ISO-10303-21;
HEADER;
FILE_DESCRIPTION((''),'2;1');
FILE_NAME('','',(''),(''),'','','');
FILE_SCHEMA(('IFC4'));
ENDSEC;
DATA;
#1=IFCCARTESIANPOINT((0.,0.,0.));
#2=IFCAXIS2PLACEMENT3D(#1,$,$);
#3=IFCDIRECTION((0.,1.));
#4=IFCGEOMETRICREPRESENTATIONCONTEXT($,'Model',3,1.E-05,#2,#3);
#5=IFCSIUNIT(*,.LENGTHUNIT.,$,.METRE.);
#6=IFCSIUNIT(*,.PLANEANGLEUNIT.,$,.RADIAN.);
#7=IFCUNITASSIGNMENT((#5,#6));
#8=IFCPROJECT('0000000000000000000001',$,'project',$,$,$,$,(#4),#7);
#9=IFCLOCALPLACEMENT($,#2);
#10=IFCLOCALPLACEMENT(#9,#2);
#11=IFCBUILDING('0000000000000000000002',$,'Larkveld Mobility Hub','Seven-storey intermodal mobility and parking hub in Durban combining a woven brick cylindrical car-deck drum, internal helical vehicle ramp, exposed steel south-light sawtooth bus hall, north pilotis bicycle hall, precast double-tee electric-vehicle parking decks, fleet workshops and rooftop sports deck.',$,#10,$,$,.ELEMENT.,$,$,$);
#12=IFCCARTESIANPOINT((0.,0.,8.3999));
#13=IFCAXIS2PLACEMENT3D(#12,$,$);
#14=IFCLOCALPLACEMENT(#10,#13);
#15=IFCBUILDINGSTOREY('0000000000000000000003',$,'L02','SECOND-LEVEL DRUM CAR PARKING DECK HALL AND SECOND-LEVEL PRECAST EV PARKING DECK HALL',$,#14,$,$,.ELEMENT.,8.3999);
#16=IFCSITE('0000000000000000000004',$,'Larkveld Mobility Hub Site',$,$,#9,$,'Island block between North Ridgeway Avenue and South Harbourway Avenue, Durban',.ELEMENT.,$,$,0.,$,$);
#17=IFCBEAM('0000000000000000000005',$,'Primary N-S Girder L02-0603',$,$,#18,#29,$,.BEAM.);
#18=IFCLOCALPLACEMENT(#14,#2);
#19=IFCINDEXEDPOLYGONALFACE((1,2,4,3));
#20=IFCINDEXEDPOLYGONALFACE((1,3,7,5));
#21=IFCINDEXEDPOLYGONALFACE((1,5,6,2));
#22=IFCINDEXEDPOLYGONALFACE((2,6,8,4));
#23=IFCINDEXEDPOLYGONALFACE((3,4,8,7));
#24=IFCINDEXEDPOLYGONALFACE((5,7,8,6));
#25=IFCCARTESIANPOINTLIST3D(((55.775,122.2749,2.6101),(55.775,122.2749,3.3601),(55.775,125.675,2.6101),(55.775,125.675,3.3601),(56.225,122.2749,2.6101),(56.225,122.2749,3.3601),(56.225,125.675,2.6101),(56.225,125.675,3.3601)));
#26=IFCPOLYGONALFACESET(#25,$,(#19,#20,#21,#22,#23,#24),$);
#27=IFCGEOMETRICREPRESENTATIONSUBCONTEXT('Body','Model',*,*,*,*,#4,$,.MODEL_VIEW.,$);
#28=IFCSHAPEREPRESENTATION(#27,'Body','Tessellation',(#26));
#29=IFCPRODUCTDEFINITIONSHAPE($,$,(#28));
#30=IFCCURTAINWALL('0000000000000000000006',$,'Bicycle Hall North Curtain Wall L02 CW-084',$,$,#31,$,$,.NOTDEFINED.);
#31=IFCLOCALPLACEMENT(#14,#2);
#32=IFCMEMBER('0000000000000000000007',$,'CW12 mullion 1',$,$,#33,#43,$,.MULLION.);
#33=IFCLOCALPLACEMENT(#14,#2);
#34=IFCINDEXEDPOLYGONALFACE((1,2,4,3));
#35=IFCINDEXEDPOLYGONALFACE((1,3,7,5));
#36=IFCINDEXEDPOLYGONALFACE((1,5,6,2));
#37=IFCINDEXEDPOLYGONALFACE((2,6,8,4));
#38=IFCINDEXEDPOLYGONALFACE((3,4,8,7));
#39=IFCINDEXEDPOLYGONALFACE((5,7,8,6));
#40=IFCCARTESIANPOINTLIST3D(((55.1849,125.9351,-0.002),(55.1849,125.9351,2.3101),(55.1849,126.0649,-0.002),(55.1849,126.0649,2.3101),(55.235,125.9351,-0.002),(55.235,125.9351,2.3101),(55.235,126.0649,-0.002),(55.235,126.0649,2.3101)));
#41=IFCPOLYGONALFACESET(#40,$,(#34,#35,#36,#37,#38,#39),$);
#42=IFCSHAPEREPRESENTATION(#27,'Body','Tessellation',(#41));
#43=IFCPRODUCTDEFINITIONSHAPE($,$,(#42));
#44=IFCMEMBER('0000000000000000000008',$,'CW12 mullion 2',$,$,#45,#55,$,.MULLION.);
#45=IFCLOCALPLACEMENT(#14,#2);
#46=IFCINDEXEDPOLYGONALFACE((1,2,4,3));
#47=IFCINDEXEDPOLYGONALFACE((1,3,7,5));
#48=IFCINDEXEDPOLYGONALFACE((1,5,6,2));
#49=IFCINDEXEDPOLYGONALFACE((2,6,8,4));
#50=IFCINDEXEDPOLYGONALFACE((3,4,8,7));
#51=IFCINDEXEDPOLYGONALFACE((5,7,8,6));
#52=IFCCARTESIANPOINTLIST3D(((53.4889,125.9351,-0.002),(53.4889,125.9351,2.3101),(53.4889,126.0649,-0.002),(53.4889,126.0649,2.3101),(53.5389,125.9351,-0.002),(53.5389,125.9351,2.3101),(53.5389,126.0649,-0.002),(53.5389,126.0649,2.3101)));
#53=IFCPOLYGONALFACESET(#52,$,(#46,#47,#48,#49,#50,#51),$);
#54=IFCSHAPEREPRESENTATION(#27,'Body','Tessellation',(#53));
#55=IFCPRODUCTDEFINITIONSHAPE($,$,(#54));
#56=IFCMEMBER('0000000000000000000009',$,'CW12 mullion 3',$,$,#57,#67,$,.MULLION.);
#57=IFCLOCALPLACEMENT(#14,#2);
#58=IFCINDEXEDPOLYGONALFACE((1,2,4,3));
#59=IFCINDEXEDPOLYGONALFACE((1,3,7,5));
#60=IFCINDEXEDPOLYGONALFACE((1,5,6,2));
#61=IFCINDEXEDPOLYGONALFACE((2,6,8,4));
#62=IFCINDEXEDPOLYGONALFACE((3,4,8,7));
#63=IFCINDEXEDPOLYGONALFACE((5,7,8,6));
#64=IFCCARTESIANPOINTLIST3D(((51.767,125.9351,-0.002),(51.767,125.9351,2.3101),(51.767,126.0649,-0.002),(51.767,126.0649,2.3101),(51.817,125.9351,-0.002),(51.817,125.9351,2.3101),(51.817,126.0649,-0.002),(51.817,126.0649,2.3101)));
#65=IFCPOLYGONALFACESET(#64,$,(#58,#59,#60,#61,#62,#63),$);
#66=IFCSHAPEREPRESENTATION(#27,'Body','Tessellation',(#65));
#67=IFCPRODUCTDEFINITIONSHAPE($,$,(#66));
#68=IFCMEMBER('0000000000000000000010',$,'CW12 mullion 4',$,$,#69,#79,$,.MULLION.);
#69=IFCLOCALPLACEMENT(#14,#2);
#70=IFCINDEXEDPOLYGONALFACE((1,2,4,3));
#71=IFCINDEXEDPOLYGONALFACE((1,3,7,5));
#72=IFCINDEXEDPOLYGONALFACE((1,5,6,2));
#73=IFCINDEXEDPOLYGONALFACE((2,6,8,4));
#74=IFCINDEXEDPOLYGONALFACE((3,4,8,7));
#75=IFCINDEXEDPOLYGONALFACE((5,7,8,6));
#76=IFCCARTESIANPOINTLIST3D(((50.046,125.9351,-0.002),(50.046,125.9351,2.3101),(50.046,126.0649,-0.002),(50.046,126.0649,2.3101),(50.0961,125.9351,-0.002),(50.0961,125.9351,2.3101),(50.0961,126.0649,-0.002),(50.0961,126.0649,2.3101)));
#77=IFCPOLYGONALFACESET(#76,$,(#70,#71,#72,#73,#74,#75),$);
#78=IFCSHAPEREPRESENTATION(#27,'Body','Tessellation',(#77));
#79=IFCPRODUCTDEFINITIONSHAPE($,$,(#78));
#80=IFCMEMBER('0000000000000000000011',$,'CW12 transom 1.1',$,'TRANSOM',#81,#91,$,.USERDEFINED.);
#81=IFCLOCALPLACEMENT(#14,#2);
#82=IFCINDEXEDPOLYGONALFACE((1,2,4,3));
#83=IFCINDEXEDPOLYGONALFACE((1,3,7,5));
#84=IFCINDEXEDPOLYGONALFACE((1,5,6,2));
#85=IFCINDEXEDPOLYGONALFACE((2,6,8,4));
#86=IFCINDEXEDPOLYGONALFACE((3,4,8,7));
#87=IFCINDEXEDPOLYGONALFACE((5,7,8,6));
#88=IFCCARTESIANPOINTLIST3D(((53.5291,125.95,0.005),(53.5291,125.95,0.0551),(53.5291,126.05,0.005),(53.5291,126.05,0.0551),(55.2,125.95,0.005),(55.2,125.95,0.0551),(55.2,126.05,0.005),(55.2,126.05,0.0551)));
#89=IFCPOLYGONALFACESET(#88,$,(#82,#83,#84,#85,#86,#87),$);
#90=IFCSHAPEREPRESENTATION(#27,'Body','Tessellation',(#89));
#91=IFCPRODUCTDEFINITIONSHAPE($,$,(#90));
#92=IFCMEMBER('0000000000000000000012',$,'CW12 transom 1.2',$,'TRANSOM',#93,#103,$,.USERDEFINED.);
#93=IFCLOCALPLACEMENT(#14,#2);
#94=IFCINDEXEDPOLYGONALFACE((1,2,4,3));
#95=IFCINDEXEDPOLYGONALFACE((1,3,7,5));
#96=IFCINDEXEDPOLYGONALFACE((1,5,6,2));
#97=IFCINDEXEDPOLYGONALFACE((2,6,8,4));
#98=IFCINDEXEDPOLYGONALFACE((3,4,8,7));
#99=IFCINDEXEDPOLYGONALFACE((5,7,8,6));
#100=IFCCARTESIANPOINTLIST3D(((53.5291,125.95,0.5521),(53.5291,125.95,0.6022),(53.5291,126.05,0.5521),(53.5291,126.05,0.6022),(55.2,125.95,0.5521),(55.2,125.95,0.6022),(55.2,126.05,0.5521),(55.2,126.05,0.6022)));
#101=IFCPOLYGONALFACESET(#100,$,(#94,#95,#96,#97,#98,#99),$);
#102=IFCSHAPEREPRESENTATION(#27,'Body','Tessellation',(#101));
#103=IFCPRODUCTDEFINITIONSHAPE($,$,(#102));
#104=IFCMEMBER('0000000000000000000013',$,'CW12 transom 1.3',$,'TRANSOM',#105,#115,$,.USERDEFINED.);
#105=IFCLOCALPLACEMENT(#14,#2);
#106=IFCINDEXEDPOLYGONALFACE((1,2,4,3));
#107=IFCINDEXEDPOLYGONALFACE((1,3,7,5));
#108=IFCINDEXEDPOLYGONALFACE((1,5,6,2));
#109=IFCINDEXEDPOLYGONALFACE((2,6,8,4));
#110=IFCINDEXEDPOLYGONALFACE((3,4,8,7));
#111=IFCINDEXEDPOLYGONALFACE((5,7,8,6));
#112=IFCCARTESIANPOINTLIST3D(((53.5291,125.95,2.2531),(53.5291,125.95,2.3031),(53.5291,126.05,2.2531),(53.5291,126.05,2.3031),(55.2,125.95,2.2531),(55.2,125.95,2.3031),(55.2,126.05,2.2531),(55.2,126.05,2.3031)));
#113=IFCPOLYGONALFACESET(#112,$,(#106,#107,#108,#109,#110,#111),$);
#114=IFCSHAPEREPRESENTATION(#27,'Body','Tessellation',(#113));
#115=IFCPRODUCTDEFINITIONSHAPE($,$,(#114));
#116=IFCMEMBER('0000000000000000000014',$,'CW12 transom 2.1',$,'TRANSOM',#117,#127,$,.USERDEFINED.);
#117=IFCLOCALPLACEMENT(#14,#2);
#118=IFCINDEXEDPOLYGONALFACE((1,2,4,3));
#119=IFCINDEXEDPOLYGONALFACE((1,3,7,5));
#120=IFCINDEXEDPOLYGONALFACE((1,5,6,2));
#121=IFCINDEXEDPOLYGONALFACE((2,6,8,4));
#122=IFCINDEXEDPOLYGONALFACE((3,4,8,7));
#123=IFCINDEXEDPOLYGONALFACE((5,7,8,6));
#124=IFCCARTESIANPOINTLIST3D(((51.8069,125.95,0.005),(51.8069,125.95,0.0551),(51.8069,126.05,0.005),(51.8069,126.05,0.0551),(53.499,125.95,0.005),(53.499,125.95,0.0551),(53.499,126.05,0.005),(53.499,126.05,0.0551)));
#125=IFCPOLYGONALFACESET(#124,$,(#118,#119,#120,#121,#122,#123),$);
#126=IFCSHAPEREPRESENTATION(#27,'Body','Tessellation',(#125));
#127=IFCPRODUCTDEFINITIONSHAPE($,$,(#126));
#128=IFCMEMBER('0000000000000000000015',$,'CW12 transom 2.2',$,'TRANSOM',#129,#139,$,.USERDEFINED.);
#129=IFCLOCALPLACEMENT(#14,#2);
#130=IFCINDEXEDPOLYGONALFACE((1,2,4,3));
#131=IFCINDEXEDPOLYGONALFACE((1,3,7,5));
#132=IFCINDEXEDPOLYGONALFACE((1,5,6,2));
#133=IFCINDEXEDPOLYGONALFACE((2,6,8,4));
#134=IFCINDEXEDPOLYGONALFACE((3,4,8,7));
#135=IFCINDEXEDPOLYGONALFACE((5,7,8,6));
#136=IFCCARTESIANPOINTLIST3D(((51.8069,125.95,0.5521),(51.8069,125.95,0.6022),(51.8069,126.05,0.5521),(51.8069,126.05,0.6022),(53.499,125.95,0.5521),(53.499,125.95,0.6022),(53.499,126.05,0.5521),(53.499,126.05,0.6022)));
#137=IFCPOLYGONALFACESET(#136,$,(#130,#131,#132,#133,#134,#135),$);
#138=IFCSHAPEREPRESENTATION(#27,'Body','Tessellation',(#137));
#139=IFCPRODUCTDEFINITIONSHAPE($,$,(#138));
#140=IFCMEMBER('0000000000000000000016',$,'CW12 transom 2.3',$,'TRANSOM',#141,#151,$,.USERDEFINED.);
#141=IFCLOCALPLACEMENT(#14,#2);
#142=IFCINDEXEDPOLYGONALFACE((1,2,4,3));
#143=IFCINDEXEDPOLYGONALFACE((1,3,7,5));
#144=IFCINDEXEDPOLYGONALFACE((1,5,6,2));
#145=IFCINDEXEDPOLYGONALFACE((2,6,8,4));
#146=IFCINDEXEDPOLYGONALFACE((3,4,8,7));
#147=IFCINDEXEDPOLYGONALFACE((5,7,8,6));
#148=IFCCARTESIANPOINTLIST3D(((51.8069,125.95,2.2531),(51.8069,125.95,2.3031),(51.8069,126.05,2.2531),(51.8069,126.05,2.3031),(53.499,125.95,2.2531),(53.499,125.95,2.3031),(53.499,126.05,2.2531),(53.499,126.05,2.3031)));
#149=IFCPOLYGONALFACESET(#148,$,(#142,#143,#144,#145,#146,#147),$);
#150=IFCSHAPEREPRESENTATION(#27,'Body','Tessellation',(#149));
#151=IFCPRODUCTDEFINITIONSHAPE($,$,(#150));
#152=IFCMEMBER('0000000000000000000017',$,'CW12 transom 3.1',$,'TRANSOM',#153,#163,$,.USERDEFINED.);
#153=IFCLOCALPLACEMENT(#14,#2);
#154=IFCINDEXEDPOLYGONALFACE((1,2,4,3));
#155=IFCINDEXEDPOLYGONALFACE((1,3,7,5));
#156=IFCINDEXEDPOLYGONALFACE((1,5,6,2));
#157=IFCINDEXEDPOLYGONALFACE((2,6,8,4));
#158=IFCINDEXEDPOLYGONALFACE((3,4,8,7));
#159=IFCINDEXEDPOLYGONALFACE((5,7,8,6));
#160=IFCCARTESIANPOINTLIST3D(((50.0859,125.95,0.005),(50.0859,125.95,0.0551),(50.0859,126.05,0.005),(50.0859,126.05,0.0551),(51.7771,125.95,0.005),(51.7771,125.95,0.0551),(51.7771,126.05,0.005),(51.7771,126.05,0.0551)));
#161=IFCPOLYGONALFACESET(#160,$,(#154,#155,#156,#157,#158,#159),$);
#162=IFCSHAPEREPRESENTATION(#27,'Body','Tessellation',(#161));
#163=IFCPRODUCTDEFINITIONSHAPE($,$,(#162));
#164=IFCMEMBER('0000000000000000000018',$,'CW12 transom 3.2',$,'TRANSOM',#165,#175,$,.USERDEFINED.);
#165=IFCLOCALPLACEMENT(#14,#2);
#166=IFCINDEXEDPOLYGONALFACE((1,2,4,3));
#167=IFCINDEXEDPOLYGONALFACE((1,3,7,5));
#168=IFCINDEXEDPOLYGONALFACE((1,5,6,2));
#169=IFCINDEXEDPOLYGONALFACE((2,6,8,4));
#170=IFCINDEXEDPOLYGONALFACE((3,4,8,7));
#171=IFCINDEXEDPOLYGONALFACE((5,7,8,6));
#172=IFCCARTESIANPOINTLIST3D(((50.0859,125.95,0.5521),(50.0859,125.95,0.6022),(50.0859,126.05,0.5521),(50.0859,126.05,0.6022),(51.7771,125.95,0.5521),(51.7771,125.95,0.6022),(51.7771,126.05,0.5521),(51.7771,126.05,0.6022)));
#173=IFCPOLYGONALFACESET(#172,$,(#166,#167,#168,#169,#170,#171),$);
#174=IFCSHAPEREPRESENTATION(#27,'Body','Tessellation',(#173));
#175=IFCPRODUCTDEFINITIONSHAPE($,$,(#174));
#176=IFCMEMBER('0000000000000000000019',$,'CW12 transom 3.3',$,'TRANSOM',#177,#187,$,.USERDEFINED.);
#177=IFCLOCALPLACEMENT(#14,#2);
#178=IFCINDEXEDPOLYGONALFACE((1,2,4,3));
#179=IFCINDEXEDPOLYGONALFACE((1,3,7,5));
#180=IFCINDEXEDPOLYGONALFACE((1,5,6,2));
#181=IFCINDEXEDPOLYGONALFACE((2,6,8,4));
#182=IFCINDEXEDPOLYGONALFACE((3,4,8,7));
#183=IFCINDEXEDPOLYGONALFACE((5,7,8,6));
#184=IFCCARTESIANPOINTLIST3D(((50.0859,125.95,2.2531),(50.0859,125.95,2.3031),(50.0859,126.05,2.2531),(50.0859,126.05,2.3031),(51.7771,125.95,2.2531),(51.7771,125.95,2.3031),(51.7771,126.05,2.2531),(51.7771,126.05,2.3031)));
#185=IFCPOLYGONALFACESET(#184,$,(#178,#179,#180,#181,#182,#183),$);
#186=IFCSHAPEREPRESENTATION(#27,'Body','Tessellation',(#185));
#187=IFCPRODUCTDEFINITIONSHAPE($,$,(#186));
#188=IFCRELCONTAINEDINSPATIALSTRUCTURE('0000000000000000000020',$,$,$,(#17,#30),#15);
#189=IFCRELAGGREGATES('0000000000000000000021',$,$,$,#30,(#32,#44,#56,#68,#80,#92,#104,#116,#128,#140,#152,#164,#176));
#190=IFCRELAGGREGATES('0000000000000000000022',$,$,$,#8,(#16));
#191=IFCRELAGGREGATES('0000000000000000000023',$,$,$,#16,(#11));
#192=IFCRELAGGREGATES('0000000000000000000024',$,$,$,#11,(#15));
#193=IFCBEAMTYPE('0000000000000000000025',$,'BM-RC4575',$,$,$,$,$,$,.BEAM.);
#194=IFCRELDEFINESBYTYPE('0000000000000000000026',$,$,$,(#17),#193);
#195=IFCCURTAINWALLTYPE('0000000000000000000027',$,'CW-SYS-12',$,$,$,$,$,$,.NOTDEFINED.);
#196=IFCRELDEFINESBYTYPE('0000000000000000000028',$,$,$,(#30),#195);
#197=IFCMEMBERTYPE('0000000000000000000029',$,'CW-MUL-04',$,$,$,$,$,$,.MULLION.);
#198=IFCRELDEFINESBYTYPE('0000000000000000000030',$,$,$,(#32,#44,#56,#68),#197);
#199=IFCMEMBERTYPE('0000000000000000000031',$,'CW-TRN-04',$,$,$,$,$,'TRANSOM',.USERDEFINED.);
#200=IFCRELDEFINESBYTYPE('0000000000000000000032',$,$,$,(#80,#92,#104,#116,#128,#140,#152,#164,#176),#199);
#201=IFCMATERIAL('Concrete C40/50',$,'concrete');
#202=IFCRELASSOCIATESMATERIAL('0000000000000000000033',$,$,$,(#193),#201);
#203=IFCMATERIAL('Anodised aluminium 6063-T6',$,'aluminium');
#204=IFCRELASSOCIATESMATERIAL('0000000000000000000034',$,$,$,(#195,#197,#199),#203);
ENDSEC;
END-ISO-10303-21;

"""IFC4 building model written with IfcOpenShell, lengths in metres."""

from ifc_helpers import new_model, si_unit, direction, frame, origin, origin_2d, place, context, subcontext, project, spatial, rectangle, extrude, material, material_profile, profile_set, type_object, element, aggregate, save


model = new_model("IFC4")

# Units and contexts
model_context = context("Model", 3, precision=1e-05, world=origin(), true_north=direction((0.0, 1.0)))
body_context = subcontext(model_context, "Body", "Model", "MODEL_VIEW")
ifc_project = project(units=[si_unit("LENGTHUNIT", "METRE"), si_unit("PLANEANGLEUNIT", "RADIAN")], contexts=[model_context])

# Site, building, storey
site_placement = place(None, origin())
site = spatial("IfcSite", under=ifc_project, at=site_placement, Name="Larkveld Mobility Hub Site", LongName="Island block between North Ridgeway Avenue and South Harbourway Avenue, Durban", CompositionType="ELEMENT", RefElevation=0.0)
building_placement = place(site_placement, origin())
building = spatial("IfcBuilding", under=site, at=building_placement, Name="Larkveld Mobility Hub", Description="Seven-storey intermodal mobility and parking hub in Durban combining a woven brick cylindrical car-deck drum, internal helical vehicle ramp, exposed steel south-light sawtooth bus hall, north pilotis bicycle hall, precast double-tee electric-vehicle parking decks, fleet workshops and rooftop sports deck.", CompositionType="ELEMENT")
storey_placement = place(building_placement, frame((0.0, 0.0, 8.3999)))
storey = spatial("IfcBuildingStorey", under=building, at=storey_placement, Name="L02", Description="SECOND-LEVEL DRUM CAR PARKING DECK HALL AND SECOND-LEVEL PRECAST EV PARKING DECK HALL", CompositionType="ELEMENT", Elevation=8.3999)

# Beam
ifc_material_1 = material(Name="Concrete C40/50", Category="concrete")
ifc_material_profile_1 = material_profile(ifc_material_1, rectangle(XDim=0.45, YDim=0.75, at=origin_2d()), Name="RC BM 450x750")
ifc_profile_set_1 = profile_set([ifc_material_profile_1], Name="Concrete C40/50")
beam_type = type_object("IfcBeamType", Name="BM-RC4575", PredefinedType="BEAM", material=ifc_profile_set_1)
beam_placement = place(storey_placement, frame((56.0, 122.2749, 2.9851), z_axis=(0.0, 1.0, 0.0), x_axis=(-1.0, 0.0, 0.0)))
element("IfcBeam", 1, at=beam_placement, inside=storey, type_object=beam_type, Name="Primary N-S Girder L02-0603", PredefinedType="BEAM", context=body_context, shape_type="SweptSolid", body=[
    extrude(rectangle(XDim=0.45, YDim=0.75, at=origin_2d()), origin(), (0.0, 0.0, 1.0), 3.4001),
])

# Curtain wall, members
ifc_material_2 = material(Name="Anodised aluminium 6063-T6", Category="aluminium")
curtain_wall_type = type_object("IfcCurtainWallType", Name="CW-SYS-12", PredefinedType="NOTDEFINED", material=ifc_material_2)
curtain_wall_placement = place(storey_placement, origin())
curtain_wall = element("IfcCurtainWall", 2, at=curtain_wall_placement, inside=storey, type_object=curtain_wall_type, Name="Bicycle Hall North Curtain Wall L02 CW-084", PredefinedType="NOTDEFINED")
ifc_material_profile_2 = material_profile(ifc_material_2, rectangle(XDim=0.05, YDim=0.1299, at=origin_2d()), Name="ALU MULL 50x130")
ifc_profile_set_2 = profile_set([ifc_material_profile_2], Name="Anodised aluminium 6063-T6")
member_type_1 = type_object("IfcMemberType", Name="CW-MUL-04", PredefinedType="MULLION", material=ifc_profile_set_2)
member_1_placement = place(storey_placement, frame((55.21, 126.0, -0.002), z_axis=(0.0, 0.0, 1.0), x_axis=(-1.0, 0.0, 0.0)))
member_1 = element("IfcMember", 3, at=member_1_placement, type_object=member_type_1, Name="CW12 mullion 1", PredefinedType="MULLION", context=body_context, shape_type="SweptSolid", body=[
    extrude(rectangle(XDim=0.05, YDim=0.1299, at=origin_2d()), origin(), (0.0, 0.0, 1.0), 2.312),
])
member_2_placement = place(storey_placement, frame((53.5139, 126.0, -0.002), z_axis=(0.0, 0.0, 1.0), x_axis=(-1.0, 0.0, 0.0)))
member_2 = element("IfcMember", 4, at=member_2_placement, type_object=member_type_1, Name="CW12 mullion 2", PredefinedType="MULLION", context=body_context, shape_type="SweptSolid", body=[
    extrude(rectangle(XDim=0.05, YDim=0.1299, at=origin_2d()), origin(), (0.0, 0.0, 1.0), 2.312),
])
member_3_placement = place(storey_placement, frame((51.792, 126.0, -0.002), z_axis=(0.0, 0.0, 1.0), x_axis=(-1.0, 0.0, 0.0)))
member_3 = element("IfcMember", 5, at=member_3_placement, type_object=member_type_1, Name="CW12 mullion 3", PredefinedType="MULLION", context=body_context, shape_type="SweptSolid", body=[
    extrude(rectangle(XDim=0.05, YDim=0.1299, at=origin_2d()), origin(), (0.0, 0.0, 1.0), 2.312),
])
member_4_placement = place(storey_placement, frame((50.071, 126.0, -0.002), z_axis=(0.0, 0.0, 1.0), x_axis=(-1.0, 0.0, 0.0)))
member_4 = element("IfcMember", 6, at=member_4_placement, type_object=member_type_1, Name="CW12 mullion 4", PredefinedType="MULLION", context=body_context, shape_type="SweptSolid", body=[
    extrude(rectangle(XDim=0.05, YDim=0.1299, at=origin_2d()), origin(), (0.0, 0.0, 1.0), 2.312),
])
ifc_material_profile_3 = material_profile(ifc_material_2, rectangle(XDim=0.1001, YDim=0.05, at=origin_2d()), Name="ALU TRAN 50x100")
ifc_profile_set_3 = profile_set([ifc_material_profile_3], Name="Anodised aluminium 6063-T6")
member_type_2 = type_object("IfcMemberType", Name="CW-TRN-04", ElementType="TRANSOM", PredefinedType="USERDEFINED", material=ifc_profile_set_3)
member_5_placement = place(storey_placement, frame((55.2, 126.0, 0.03), z_axis=(-1.0, 0.0, 0.0), x_axis=(0.0, -1.0, 0.0)))
member_5 = element("IfcMember", 7, at=member_5_placement, type_object=member_type_2, Name="CW12 transom 1.1", ObjectType="TRANSOM", PredefinedType="USERDEFINED", context=body_context, shape_type="SweptSolid", body=[
    extrude(rectangle(XDim=0.1001, YDim=0.05, at=origin_2d()), origin(), (0.0, 0.0, 1.0), 1.6709),
])
member_6_placement = place(storey_placement, frame((55.2, 126.0, 0.5771), z_axis=(-1.0, 0.0, 0.0), x_axis=(0.0, -1.0, 0.0)))
member_6 = element("IfcMember", 8, at=member_6_placement, type_object=member_type_2, Name="CW12 transom 1.2", ObjectType="TRANSOM", PredefinedType="USERDEFINED", context=body_context, shape_type="SweptSolid", body=[
    extrude(rectangle(XDim=0.1001, YDim=0.05, at=origin_2d()), origin(), (0.0, 0.0, 1.0), 1.6709),
])
member_7_placement = place(storey_placement, frame((55.2, 126.0, 2.2781), z_axis=(-1.0, 0.0, 0.0), x_axis=(0.0, -1.0, 0.0)))
member_7 = element("IfcMember", 9, at=member_7_placement, type_object=member_type_2, Name="CW12 transom 1.3", ObjectType="TRANSOM", PredefinedType="USERDEFINED", context=body_context, shape_type="SweptSolid", body=[
    extrude(rectangle(XDim=0.1001, YDim=0.05, at=origin_2d()), origin(), (0.0, 0.0, 1.0), 1.6709),
])
member_8_placement = place(storey_placement, frame((53.499, 126.0, 0.03), z_axis=(-1.0, 0.0, 0.0), x_axis=(0.0, -1.0, 0.0)))
member_8 = element("IfcMember", 10, at=member_8_placement, type_object=member_type_2, Name="CW12 transom 2.1", ObjectType="TRANSOM", PredefinedType="USERDEFINED", context=body_context, shape_type="SweptSolid", body=[
    extrude(rectangle(XDim=0.1001, YDim=0.05, at=origin_2d()), origin(), (0.0, 0.0, 1.0), 1.6921),
])
member_9_placement = place(storey_placement, frame((53.499, 126.0, 0.5771), z_axis=(-1.0, 0.0, 0.0), x_axis=(0.0, -1.0, 0.0)))
member_9 = element("IfcMember", 11, at=member_9_placement, type_object=member_type_2, Name="CW12 transom 2.2", ObjectType="TRANSOM", PredefinedType="USERDEFINED", context=body_context, shape_type="SweptSolid", body=[
    extrude(rectangle(XDim=0.1001, YDim=0.05, at=origin_2d()), origin(), (0.0, 0.0, 1.0), 1.6921),
])
member_10_placement = place(storey_placement, frame((53.499, 126.0, 2.2781), z_axis=(-1.0, 0.0, 0.0), x_axis=(0.0, -1.0, 0.0)))
member_10 = element("IfcMember", 12, at=member_10_placement, type_object=member_type_2, Name="CW12 transom 2.3", ObjectType="TRANSOM", PredefinedType="USERDEFINED", context=body_context, shape_type="SweptSolid", body=[
    extrude(rectangle(XDim=0.1001, YDim=0.05, at=origin_2d()), origin(), (0.0, 0.0, 1.0), 1.6921),
])
member_11_placement = place(storey_placement, frame((51.7771, 126.0, 0.03), z_axis=(-1.0, 0.0, 0.0), x_axis=(0.0, -1.0, 0.0)))
member_11 = element("IfcMember", 13, at=member_11_placement, type_object=member_type_2, Name="CW12 transom 3.1", ObjectType="TRANSOM", PredefinedType="USERDEFINED", context=body_context, shape_type="SweptSolid", body=[
    extrude(rectangle(XDim=0.1001, YDim=0.05, at=origin_2d()), origin(), (0.0, 0.0, 1.0), 1.6912),
])
member_12_placement = place(storey_placement, frame((51.7771, 126.0, 0.5771), z_axis=(-1.0, 0.0, 0.0), x_axis=(0.0, -1.0, 0.0)))
member_12 = element("IfcMember", 14, at=member_12_placement, type_object=member_type_2, Name="CW12 transom 3.2", ObjectType="TRANSOM", PredefinedType="USERDEFINED", context=body_context, shape_type="SweptSolid", body=[
    extrude(rectangle(XDim=0.1001, YDim=0.05, at=origin_2d()), origin(), (0.0, 0.0, 1.0), 1.6912),
])
member_13_placement = place(storey_placement, frame((51.7771, 126.0, 2.2781), z_axis=(-1.0, 0.0, 0.0), x_axis=(0.0, -1.0, 0.0)))
member_13 = element("IfcMember", 15, at=member_13_placement, type_object=member_type_2, Name="CW12 transom 3.3", ObjectType="TRANSOM", PredefinedType="USERDEFINED", context=body_context, shape_type="SweptSolid", body=[
    extrude(rectangle(XDim=0.1001, YDim=0.05, at=origin_2d()), origin(), (0.0, 0.0, 1.0), 1.6912),
])
aggregate(curtain_wall, [member_1, member_2, member_3, member_4, member_5, member_6, member_7, member_8, member_9, member_10, member_11, member_12, member_13])

save(model, "model.ifc")
